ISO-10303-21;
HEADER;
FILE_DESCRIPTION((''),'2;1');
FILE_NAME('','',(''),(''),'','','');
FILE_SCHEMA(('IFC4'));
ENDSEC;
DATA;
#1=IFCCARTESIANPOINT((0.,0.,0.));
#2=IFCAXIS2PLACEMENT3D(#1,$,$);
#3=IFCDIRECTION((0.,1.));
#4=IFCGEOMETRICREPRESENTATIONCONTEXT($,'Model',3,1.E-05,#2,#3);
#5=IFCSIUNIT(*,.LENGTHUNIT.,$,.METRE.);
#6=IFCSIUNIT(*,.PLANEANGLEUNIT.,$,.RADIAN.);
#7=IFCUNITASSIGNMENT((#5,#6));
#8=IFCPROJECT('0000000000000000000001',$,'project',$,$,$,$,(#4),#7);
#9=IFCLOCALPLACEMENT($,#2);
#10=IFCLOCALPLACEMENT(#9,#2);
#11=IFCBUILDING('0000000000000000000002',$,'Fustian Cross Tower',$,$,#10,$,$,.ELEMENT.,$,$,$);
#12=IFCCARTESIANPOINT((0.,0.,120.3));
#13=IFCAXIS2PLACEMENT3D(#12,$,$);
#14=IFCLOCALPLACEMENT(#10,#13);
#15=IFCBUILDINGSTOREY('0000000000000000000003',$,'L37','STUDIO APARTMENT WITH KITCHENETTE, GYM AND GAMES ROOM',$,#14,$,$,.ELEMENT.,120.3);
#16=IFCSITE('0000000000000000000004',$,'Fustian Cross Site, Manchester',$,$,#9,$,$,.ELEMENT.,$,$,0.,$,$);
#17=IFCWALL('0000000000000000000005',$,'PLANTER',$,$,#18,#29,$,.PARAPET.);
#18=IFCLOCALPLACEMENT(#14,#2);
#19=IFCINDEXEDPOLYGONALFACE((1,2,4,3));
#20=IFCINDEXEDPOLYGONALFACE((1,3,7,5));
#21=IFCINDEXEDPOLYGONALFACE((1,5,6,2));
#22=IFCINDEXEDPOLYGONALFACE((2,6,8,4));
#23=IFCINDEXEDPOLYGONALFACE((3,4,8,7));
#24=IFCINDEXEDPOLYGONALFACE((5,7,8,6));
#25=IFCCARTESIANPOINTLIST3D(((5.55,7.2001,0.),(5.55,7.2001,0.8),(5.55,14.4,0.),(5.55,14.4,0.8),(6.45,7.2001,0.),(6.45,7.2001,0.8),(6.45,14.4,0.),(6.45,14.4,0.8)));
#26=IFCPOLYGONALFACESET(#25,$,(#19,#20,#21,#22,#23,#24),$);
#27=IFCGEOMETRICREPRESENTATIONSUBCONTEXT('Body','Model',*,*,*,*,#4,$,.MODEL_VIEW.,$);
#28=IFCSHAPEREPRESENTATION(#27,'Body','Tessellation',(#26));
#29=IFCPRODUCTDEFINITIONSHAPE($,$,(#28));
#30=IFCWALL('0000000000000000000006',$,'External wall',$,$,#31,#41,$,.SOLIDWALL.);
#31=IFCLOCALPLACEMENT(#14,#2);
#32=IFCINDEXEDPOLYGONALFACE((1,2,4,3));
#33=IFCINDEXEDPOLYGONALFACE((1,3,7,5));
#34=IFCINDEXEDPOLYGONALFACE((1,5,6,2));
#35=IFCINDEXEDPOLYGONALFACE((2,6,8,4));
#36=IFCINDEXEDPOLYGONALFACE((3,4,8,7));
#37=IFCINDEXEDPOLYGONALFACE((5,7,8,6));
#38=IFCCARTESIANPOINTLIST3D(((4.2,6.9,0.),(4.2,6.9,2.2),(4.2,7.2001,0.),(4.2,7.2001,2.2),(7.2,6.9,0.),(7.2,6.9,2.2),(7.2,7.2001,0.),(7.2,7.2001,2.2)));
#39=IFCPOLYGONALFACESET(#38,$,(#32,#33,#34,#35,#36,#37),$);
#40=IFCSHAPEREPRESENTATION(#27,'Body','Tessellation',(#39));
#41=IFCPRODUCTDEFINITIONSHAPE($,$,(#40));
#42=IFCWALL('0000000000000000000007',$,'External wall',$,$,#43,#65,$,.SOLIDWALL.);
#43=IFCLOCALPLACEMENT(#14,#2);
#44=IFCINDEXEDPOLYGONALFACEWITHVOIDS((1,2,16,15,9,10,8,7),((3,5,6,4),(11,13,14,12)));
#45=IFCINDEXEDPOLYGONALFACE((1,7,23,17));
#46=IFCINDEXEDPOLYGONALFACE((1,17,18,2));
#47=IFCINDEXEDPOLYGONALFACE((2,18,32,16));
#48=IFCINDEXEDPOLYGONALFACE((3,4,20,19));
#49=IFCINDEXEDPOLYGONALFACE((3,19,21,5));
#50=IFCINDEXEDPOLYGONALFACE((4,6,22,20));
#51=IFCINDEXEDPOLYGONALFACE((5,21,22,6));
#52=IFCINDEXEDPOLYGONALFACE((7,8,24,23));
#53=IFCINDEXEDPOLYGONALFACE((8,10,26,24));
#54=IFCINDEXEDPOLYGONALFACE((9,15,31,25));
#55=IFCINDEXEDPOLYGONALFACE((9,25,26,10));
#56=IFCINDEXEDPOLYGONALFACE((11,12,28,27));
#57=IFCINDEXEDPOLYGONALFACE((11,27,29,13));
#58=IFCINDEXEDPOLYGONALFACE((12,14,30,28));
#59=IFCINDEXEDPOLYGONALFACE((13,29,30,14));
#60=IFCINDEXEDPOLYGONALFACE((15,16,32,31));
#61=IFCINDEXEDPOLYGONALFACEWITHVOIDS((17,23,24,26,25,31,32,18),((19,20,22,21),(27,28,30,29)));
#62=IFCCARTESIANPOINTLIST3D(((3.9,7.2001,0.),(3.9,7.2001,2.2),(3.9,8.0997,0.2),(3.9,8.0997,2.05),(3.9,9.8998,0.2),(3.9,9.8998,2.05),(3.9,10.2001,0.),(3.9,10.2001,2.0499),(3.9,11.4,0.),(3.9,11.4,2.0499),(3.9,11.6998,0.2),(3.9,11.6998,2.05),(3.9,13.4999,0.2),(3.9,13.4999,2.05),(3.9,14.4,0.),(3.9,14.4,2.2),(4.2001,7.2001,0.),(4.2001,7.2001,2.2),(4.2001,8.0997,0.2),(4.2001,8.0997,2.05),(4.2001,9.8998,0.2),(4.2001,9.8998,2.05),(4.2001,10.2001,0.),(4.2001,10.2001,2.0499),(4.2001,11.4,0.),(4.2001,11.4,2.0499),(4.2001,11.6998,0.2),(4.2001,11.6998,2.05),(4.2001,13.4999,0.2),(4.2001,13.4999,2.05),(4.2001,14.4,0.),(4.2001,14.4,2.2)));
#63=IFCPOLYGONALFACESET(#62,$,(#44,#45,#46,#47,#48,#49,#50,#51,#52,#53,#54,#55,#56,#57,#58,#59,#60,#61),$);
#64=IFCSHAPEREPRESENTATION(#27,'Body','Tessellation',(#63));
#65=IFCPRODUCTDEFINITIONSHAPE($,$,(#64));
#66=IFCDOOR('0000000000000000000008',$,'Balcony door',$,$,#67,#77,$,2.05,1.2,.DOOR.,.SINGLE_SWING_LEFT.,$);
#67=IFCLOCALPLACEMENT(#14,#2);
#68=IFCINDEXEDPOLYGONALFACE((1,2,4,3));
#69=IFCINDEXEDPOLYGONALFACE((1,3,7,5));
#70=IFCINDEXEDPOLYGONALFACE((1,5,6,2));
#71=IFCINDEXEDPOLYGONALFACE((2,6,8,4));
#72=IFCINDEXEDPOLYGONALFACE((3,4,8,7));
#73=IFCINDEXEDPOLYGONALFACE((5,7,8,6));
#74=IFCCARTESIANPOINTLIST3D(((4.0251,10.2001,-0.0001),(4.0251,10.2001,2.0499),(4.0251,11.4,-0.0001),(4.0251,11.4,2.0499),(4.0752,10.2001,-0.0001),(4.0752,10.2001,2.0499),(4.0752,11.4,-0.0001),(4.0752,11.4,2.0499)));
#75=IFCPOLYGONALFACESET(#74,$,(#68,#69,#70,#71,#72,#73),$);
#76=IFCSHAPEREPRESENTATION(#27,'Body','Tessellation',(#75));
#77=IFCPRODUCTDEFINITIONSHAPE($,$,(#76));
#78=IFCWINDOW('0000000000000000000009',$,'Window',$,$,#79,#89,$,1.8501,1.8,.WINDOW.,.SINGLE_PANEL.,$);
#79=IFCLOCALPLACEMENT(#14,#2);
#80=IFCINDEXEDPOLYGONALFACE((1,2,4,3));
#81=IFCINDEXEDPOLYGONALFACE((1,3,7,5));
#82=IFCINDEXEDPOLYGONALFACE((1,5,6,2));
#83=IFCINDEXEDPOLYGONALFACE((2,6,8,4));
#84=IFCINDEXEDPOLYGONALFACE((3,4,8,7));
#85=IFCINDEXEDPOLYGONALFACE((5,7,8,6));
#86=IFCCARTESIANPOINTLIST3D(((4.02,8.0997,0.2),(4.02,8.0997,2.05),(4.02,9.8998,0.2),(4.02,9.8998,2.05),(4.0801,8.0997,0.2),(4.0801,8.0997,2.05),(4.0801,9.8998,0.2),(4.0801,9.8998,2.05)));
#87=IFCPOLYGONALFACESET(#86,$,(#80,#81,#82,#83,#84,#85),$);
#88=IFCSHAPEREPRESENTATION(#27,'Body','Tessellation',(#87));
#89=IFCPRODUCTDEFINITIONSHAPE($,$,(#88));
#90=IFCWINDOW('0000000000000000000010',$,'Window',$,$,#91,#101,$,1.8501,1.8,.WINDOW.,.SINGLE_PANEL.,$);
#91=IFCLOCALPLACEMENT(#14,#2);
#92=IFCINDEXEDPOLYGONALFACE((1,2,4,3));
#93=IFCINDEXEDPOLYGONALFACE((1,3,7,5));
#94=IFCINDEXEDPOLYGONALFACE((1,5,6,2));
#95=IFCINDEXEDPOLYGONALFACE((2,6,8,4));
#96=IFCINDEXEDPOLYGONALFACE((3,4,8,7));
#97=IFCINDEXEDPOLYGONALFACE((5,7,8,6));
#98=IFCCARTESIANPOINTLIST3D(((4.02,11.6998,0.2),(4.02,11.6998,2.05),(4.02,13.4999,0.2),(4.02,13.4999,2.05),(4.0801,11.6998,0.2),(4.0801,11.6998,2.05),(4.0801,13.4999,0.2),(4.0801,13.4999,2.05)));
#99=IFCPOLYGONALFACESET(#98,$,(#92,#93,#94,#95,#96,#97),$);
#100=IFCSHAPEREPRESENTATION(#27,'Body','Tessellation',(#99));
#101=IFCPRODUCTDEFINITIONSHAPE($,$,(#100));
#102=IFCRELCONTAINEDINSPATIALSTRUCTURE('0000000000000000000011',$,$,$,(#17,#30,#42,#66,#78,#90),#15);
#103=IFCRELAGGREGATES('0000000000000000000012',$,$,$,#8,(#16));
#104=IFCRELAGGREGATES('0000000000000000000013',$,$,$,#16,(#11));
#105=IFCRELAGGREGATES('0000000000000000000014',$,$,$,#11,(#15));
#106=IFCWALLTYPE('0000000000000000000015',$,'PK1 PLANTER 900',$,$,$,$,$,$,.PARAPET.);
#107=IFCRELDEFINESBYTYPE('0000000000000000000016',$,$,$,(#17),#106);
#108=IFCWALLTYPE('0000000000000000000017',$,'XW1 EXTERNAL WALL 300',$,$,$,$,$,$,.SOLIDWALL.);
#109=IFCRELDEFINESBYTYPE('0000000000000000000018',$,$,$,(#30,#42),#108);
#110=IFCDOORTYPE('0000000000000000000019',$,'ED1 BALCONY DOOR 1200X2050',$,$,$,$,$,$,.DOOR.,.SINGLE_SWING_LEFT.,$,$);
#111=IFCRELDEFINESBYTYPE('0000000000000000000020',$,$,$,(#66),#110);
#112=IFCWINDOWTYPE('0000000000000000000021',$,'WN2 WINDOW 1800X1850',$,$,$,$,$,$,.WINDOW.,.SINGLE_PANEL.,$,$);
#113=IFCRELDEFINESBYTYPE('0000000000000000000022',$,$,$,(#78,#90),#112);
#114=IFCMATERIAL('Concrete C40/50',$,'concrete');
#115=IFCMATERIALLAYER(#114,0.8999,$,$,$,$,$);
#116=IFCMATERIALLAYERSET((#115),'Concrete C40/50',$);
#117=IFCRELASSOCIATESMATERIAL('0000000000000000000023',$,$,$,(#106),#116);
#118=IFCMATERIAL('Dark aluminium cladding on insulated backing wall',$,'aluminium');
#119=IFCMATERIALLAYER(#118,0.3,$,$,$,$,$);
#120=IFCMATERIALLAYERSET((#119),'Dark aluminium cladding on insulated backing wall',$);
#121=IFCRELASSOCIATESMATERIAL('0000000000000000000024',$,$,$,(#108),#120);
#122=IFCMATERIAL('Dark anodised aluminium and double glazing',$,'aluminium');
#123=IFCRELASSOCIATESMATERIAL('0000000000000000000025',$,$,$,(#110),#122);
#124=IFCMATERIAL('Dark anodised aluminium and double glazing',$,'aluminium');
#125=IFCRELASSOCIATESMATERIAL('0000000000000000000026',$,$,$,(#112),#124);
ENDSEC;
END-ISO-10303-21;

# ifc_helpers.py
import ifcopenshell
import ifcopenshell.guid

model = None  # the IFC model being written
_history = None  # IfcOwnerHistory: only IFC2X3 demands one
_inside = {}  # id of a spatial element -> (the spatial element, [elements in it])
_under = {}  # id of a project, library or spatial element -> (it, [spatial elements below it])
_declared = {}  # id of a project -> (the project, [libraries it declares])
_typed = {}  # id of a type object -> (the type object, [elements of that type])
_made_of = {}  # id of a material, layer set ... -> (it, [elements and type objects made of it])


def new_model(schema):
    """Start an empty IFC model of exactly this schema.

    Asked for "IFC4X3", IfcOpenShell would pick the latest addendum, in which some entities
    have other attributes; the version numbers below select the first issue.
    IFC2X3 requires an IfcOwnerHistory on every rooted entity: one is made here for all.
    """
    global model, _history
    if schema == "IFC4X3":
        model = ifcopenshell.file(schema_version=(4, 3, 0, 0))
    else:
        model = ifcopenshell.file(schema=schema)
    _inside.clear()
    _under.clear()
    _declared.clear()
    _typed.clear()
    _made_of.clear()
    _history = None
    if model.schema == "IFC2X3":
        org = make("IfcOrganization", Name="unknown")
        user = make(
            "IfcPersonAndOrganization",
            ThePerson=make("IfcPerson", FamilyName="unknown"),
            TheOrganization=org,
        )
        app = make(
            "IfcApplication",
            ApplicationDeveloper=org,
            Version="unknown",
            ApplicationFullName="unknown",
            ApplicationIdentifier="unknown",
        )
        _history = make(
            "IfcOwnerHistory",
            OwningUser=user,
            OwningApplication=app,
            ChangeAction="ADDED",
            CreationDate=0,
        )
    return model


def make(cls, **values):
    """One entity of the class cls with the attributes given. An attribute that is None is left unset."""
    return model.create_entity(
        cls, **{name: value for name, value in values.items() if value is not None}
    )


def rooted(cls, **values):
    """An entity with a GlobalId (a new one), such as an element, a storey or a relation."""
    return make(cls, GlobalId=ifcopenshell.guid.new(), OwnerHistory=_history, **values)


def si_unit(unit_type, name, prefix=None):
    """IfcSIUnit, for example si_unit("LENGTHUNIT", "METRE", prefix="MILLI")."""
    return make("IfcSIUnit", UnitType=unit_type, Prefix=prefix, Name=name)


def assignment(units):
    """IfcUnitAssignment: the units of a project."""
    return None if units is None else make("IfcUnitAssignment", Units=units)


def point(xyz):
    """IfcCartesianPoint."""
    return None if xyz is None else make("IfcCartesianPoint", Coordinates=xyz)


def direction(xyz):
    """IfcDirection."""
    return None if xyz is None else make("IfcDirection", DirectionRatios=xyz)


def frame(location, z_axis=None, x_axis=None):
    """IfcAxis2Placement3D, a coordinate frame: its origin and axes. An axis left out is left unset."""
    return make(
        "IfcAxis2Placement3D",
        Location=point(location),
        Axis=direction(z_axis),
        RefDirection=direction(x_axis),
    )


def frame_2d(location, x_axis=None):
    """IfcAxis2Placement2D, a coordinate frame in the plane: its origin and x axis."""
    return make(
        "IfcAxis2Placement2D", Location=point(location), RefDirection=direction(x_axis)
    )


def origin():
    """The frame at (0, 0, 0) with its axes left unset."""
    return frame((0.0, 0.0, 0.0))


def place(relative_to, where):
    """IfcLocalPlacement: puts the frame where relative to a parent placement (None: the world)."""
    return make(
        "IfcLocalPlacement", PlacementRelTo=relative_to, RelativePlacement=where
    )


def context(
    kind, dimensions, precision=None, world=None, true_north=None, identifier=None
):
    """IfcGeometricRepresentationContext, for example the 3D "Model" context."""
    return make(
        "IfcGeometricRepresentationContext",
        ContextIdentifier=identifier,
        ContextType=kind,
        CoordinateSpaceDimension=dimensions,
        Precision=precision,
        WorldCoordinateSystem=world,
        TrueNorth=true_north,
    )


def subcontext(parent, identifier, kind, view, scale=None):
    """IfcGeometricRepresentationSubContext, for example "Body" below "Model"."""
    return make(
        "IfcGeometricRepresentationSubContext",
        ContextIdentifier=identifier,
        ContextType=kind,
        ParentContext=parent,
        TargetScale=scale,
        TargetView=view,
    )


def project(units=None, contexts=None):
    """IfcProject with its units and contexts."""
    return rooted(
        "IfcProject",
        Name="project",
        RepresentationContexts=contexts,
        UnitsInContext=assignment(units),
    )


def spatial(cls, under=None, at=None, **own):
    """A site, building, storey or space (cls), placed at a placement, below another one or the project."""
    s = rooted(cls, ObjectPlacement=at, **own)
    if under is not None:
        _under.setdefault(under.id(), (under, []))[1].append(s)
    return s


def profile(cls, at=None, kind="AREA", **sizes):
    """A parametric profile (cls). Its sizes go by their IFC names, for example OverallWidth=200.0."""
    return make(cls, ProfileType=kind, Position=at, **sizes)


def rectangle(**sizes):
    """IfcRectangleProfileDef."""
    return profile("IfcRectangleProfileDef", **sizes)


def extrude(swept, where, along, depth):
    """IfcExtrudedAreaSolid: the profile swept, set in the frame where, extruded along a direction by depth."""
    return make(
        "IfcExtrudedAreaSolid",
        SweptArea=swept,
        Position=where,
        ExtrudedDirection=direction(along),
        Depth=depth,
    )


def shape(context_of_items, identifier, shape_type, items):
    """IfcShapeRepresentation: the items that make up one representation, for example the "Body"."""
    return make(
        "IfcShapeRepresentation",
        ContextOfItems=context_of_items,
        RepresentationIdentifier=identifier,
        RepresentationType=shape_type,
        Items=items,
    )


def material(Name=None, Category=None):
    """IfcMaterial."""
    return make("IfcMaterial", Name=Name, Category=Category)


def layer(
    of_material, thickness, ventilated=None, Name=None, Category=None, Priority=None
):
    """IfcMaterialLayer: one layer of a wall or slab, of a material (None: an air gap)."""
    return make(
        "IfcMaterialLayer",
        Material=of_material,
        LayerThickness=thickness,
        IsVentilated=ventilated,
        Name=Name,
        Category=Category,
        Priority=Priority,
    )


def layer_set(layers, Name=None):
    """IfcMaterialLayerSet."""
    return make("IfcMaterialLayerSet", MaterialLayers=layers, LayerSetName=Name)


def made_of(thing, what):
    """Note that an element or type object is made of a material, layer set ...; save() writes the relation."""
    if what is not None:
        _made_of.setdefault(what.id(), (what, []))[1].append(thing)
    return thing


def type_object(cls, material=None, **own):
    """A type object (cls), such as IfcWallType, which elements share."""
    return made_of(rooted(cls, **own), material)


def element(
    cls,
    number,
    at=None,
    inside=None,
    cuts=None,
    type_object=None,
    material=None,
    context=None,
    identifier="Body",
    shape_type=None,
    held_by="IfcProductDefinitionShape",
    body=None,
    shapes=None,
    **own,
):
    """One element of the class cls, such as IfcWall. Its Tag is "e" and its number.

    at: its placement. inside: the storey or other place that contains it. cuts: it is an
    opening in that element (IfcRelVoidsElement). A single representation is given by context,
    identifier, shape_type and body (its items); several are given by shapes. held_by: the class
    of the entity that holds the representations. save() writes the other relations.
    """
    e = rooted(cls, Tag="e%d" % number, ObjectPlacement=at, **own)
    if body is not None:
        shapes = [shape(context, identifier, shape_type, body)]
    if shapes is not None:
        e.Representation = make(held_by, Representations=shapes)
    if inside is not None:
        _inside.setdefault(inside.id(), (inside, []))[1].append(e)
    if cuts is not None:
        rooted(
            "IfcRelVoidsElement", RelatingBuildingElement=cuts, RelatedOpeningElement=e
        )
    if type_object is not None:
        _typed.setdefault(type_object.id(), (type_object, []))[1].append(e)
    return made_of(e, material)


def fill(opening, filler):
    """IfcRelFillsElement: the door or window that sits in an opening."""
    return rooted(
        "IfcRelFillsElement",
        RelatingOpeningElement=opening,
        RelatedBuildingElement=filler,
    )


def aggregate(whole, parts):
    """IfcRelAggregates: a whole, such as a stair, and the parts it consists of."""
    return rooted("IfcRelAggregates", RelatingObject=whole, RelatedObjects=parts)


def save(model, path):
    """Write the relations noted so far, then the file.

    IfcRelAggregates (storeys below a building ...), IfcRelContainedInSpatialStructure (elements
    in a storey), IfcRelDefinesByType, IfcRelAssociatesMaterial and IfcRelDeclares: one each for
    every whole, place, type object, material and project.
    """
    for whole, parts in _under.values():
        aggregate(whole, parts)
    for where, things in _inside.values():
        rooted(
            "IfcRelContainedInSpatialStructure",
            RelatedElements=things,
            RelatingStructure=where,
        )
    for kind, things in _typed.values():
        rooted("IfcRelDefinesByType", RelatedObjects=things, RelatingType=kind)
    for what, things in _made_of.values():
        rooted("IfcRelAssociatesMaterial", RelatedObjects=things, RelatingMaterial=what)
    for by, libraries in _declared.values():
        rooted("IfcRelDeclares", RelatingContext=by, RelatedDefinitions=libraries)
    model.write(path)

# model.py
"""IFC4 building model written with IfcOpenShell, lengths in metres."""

from ifc_helpers import new_model, si_unit, direction, frame, frame_2d, origin, place, context, subcontext, project, spatial, rectangle, extrude, material, layer, layer_set, type_object, element, fill, save


model = new_model("IFC4")

# Units and contexts
model_context = context("Model", 3, precision=1e-05, world=origin(), true_north=direction((0.0, 1.0)))
body_context = subcontext(model_context, "Body", "Model", "MODEL_VIEW")
ifc_project = project(units=[si_unit("LENGTHUNIT", "METRE"), si_unit("PLANEANGLEUNIT", "RADIAN")], contexts=[model_context])

# Site, building, storey
site_placement = place(None, origin())
site = spatial("IfcSite", under=ifc_project, at=site_placement, Name="Fustian Cross Site, Manchester", CompositionType="ELEMENT", RefElevation=0.0)
building_placement = place(site_placement, origin())
building = spatial("IfcBuilding", under=site, at=building_placement, Name="Fustian Cross Tower", CompositionType="ELEMENT")
storey_placement = place(building_placement, frame((0.0, 0.0, 120.3)))
storey = spatial("IfcBuildingStorey", under=building, at=storey_placement, Name="L37", Description="STUDIO APARTMENT WITH KITCHENETTE, GYM AND GAMES ROOM", CompositionType="ELEMENT", Elevation=120.3)

# Walls
ifc_material_1 = material(Name="Concrete C40/50", Category="concrete")
ifc_layer_1 = layer(ifc_material_1, 0.8999)
ifc_layer_set_1 = layer_set([ifc_layer_1], Name="Concrete C40/50")
wall_type_1 = type_object("IfcWallType", Name="PK1 PLANTER 900", PredefinedType="PARAPET", material=ifc_layer_set_1)
wall_1_placement = place(storey_placement, frame((6.0, 7.2, 0.0), z_axis=(0.0, 0.0, 1.0), x_axis=(0.0, 1.0, 0.0)))
element("IfcWall", 1, at=wall_1_placement, inside=storey, type_object=wall_type_1, Name="PLANTER", PredefinedType="PARAPET", context=body_context, shape_type="SweptSolid", body=[
    extrude(rectangle(XDim=7.2, YDim=0.8999, at=frame_2d((3.6001, 0.0))), origin(), (0.0, 0.0, 1.0), 0.8),
])
ifc_material_2 = material(Name="Dark aluminium cladding on insulated backing wall", Category="aluminium")
ifc_layer_2 = layer(ifc_material_2, 0.3)
ifc_layer_set_2 = layer_set([ifc_layer_2], Name="Dark aluminium cladding on insulated backing wall")
wall_type_2 = type_object("IfcWallType", Name="XW1 EXTERNAL WALL 300", PredefinedType="SOLIDWALL", material=ifc_layer_set_2)
wall_2_placement = place(storey_placement, frame((7.2, 7.05, 0.0), z_axis=(0.0, 0.0, 1.0), x_axis=(-1.0, 0.0, 0.0)))
element("IfcWall", 2, at=wall_2_placement, inside=storey, type_object=wall_type_2, Name="External wall", PredefinedType="SOLIDWALL", context=body_context, shape_type="SweptSolid", body=[
    extrude(rectangle(XDim=3.0, YDim=0.3, at=frame_2d((1.5, 0.0))), origin(), (0.0, 0.0, 1.0), 2.2),
])

# Wall, openings, door, windows
wall_3_placement = place(storey_placement, frame((4.05, 7.2, 0.0), z_axis=(0.0, 0.0, 1.0), x_axis=(0.0, 1.0, 0.0)))
wall_3 = element("IfcWall", 3, at=wall_3_placement, inside=storey, type_object=wall_type_2, Name="External wall", PredefinedType="SOLIDWALL", context=body_context, shape_type="SweptSolid", body=[
    extrude(rectangle(XDim=7.2, YDim=0.3, at=frame_2d((3.6001, 0.0))), origin(), (0.0, 0.0, 1.0), 2.2),
])
opening_1_placement = place(wall_3_placement, frame((3.0, 0.0, 0.0)))
opening_1 = element("IfcOpeningElement", 4, at=opening_1_placement, cuts=wall_3, PredefinedType="OPENING", context=body_context, shape_type="SweptSolid", body=[
    extrude(rectangle(XDim=1.2, YDim=2.05, at=frame_2d((0.6001, 1.0249))), frame((0.0, 0.1599, 0.0), z_axis=(0.0, -1.0, 0.0), x_axis=(1.0, 0.0, 0.0)), (0.0, 0.0, 1.0), 0.3201),
])
opening_2_placement = place(wall_3_placement, frame((0.8999, 0.0, 0.2)))
opening_2 = element("IfcOpeningElement", 5, at=opening_2_placement, cuts=wall_3, PredefinedType="OPENING", context=body_context, shape_type="SweptSolid", body=[
    extrude(rectangle(XDim=1.8, YDim=1.8501, at=frame_2d((0.8999, 0.925))), frame((0.0, 0.1599, 0.0), z_axis=(0.0, -1.0, 0.0), x_axis=(1.0, 0.0, 0.0)), (0.0, 0.0, 1.0), 0.3201),
])
opening_3_placement = place(wall_3_placement, frame((4.5, 0.0, 0.2)))
opening_3 = element("IfcOpeningElement", 6, at=opening_3_placement, cuts=wall_3, PredefinedType="OPENING", context=body_context, shape_type="SweptSolid", body=[
    extrude(rectangle(XDim=1.8, YDim=1.8501, at=frame_2d((0.8999, 0.925))), frame((0.0, 0.1599, 0.0), z_axis=(0.0, -1.0, 0.0), x_axis=(1.0, 0.0, 0.0)), (0.0, 0.0, 1.0), 0.3201),
])
ifc_material_3 = material(Name="Dark anodised aluminium and double glazing", Category="aluminium")
door_type_1 = type_object("IfcDoorType", Name="ED1 BALCONY DOOR 1200X2050", OperationType="SINGLE_SWING_LEFT", PredefinedType="DOOR", material=ifc_material_3)
door_1_placement = place(opening_1_placement, origin())
door_1 = element("IfcDoor", 7, at=door_1_placement, inside=storey, type_object=door_type_1, Name="Balcony door", OperationType="SINGLE_SWING_LEFT", OverallHeight=2.05, OverallWidth=1.2, PredefinedType="DOOR", context=body_context, shape_type="SweptSolid", body=[
    extrude(rectangle(XDim=1.2, YDim=2.05, at=frame_2d((0.6001, 1.0249))), frame((0.0, 0.0249, 0.0), z_axis=(0.0, -1.0, 0.0), x_axis=(1.0, 0.0, 0.0)), (0.0, 0.0, 1.0), 0.05),
])
fill(opening_1, door_1)
ifc_material_4 = material(Name="Dark anodised aluminium and double glazing", Category="aluminium")
window_type = type_object("IfcWindowType", Name="WN2 WINDOW 1800X1850", PartitioningType="SINGLE_PANEL", PredefinedType="WINDOW", material=ifc_material_4)
window_1_placement = place(opening_2_placement, origin())
window_1 = element("IfcWindow", 8, at=window_1_placement, inside=storey, type_object=window_type, Name="Window", OverallHeight=1.8501, OverallWidth=1.8, PartitioningType="SINGLE_PANEL", PredefinedType="WINDOW", context=body_context, shape_type="SweptSolid", body=[
    extrude(rectangle(XDim=1.8, YDim=1.8501, at=frame_2d((0.8999, 0.925))), frame((0.0, 0.03, 0.0), z_axis=(0.0, -1.0, 0.0), x_axis=(1.0, 0.0, 0.0)), (0.0, 0.0, 1.0), 0.0601),
])
fill(opening_2, window_1)
window_2_placement = place(opening_3_placement, origin())
window_2 = element("IfcWindow", 9, at=window_2_placement, inside=storey, type_object=window_type, Name="Window", OverallHeight=1.8501, OverallWidth=1.8, PartitioningType="SINGLE_PANEL", PredefinedType="WINDOW", context=body_context, shape_type="SweptSolid", body=[
    extrude(rectangle(XDim=1.8, YDim=1.8501, at=frame_2d((0.8999, 0.925))), frame((0.0, 0.03, 0.0), z_axis=(0.0, -1.0, 0.0), x_axis=(1.0, 0.0, 0.0)), (0.0, 0.0, 1.0), 0.0601),
])
fill(opening_3, window_2)

save(model, "model.ifc")
